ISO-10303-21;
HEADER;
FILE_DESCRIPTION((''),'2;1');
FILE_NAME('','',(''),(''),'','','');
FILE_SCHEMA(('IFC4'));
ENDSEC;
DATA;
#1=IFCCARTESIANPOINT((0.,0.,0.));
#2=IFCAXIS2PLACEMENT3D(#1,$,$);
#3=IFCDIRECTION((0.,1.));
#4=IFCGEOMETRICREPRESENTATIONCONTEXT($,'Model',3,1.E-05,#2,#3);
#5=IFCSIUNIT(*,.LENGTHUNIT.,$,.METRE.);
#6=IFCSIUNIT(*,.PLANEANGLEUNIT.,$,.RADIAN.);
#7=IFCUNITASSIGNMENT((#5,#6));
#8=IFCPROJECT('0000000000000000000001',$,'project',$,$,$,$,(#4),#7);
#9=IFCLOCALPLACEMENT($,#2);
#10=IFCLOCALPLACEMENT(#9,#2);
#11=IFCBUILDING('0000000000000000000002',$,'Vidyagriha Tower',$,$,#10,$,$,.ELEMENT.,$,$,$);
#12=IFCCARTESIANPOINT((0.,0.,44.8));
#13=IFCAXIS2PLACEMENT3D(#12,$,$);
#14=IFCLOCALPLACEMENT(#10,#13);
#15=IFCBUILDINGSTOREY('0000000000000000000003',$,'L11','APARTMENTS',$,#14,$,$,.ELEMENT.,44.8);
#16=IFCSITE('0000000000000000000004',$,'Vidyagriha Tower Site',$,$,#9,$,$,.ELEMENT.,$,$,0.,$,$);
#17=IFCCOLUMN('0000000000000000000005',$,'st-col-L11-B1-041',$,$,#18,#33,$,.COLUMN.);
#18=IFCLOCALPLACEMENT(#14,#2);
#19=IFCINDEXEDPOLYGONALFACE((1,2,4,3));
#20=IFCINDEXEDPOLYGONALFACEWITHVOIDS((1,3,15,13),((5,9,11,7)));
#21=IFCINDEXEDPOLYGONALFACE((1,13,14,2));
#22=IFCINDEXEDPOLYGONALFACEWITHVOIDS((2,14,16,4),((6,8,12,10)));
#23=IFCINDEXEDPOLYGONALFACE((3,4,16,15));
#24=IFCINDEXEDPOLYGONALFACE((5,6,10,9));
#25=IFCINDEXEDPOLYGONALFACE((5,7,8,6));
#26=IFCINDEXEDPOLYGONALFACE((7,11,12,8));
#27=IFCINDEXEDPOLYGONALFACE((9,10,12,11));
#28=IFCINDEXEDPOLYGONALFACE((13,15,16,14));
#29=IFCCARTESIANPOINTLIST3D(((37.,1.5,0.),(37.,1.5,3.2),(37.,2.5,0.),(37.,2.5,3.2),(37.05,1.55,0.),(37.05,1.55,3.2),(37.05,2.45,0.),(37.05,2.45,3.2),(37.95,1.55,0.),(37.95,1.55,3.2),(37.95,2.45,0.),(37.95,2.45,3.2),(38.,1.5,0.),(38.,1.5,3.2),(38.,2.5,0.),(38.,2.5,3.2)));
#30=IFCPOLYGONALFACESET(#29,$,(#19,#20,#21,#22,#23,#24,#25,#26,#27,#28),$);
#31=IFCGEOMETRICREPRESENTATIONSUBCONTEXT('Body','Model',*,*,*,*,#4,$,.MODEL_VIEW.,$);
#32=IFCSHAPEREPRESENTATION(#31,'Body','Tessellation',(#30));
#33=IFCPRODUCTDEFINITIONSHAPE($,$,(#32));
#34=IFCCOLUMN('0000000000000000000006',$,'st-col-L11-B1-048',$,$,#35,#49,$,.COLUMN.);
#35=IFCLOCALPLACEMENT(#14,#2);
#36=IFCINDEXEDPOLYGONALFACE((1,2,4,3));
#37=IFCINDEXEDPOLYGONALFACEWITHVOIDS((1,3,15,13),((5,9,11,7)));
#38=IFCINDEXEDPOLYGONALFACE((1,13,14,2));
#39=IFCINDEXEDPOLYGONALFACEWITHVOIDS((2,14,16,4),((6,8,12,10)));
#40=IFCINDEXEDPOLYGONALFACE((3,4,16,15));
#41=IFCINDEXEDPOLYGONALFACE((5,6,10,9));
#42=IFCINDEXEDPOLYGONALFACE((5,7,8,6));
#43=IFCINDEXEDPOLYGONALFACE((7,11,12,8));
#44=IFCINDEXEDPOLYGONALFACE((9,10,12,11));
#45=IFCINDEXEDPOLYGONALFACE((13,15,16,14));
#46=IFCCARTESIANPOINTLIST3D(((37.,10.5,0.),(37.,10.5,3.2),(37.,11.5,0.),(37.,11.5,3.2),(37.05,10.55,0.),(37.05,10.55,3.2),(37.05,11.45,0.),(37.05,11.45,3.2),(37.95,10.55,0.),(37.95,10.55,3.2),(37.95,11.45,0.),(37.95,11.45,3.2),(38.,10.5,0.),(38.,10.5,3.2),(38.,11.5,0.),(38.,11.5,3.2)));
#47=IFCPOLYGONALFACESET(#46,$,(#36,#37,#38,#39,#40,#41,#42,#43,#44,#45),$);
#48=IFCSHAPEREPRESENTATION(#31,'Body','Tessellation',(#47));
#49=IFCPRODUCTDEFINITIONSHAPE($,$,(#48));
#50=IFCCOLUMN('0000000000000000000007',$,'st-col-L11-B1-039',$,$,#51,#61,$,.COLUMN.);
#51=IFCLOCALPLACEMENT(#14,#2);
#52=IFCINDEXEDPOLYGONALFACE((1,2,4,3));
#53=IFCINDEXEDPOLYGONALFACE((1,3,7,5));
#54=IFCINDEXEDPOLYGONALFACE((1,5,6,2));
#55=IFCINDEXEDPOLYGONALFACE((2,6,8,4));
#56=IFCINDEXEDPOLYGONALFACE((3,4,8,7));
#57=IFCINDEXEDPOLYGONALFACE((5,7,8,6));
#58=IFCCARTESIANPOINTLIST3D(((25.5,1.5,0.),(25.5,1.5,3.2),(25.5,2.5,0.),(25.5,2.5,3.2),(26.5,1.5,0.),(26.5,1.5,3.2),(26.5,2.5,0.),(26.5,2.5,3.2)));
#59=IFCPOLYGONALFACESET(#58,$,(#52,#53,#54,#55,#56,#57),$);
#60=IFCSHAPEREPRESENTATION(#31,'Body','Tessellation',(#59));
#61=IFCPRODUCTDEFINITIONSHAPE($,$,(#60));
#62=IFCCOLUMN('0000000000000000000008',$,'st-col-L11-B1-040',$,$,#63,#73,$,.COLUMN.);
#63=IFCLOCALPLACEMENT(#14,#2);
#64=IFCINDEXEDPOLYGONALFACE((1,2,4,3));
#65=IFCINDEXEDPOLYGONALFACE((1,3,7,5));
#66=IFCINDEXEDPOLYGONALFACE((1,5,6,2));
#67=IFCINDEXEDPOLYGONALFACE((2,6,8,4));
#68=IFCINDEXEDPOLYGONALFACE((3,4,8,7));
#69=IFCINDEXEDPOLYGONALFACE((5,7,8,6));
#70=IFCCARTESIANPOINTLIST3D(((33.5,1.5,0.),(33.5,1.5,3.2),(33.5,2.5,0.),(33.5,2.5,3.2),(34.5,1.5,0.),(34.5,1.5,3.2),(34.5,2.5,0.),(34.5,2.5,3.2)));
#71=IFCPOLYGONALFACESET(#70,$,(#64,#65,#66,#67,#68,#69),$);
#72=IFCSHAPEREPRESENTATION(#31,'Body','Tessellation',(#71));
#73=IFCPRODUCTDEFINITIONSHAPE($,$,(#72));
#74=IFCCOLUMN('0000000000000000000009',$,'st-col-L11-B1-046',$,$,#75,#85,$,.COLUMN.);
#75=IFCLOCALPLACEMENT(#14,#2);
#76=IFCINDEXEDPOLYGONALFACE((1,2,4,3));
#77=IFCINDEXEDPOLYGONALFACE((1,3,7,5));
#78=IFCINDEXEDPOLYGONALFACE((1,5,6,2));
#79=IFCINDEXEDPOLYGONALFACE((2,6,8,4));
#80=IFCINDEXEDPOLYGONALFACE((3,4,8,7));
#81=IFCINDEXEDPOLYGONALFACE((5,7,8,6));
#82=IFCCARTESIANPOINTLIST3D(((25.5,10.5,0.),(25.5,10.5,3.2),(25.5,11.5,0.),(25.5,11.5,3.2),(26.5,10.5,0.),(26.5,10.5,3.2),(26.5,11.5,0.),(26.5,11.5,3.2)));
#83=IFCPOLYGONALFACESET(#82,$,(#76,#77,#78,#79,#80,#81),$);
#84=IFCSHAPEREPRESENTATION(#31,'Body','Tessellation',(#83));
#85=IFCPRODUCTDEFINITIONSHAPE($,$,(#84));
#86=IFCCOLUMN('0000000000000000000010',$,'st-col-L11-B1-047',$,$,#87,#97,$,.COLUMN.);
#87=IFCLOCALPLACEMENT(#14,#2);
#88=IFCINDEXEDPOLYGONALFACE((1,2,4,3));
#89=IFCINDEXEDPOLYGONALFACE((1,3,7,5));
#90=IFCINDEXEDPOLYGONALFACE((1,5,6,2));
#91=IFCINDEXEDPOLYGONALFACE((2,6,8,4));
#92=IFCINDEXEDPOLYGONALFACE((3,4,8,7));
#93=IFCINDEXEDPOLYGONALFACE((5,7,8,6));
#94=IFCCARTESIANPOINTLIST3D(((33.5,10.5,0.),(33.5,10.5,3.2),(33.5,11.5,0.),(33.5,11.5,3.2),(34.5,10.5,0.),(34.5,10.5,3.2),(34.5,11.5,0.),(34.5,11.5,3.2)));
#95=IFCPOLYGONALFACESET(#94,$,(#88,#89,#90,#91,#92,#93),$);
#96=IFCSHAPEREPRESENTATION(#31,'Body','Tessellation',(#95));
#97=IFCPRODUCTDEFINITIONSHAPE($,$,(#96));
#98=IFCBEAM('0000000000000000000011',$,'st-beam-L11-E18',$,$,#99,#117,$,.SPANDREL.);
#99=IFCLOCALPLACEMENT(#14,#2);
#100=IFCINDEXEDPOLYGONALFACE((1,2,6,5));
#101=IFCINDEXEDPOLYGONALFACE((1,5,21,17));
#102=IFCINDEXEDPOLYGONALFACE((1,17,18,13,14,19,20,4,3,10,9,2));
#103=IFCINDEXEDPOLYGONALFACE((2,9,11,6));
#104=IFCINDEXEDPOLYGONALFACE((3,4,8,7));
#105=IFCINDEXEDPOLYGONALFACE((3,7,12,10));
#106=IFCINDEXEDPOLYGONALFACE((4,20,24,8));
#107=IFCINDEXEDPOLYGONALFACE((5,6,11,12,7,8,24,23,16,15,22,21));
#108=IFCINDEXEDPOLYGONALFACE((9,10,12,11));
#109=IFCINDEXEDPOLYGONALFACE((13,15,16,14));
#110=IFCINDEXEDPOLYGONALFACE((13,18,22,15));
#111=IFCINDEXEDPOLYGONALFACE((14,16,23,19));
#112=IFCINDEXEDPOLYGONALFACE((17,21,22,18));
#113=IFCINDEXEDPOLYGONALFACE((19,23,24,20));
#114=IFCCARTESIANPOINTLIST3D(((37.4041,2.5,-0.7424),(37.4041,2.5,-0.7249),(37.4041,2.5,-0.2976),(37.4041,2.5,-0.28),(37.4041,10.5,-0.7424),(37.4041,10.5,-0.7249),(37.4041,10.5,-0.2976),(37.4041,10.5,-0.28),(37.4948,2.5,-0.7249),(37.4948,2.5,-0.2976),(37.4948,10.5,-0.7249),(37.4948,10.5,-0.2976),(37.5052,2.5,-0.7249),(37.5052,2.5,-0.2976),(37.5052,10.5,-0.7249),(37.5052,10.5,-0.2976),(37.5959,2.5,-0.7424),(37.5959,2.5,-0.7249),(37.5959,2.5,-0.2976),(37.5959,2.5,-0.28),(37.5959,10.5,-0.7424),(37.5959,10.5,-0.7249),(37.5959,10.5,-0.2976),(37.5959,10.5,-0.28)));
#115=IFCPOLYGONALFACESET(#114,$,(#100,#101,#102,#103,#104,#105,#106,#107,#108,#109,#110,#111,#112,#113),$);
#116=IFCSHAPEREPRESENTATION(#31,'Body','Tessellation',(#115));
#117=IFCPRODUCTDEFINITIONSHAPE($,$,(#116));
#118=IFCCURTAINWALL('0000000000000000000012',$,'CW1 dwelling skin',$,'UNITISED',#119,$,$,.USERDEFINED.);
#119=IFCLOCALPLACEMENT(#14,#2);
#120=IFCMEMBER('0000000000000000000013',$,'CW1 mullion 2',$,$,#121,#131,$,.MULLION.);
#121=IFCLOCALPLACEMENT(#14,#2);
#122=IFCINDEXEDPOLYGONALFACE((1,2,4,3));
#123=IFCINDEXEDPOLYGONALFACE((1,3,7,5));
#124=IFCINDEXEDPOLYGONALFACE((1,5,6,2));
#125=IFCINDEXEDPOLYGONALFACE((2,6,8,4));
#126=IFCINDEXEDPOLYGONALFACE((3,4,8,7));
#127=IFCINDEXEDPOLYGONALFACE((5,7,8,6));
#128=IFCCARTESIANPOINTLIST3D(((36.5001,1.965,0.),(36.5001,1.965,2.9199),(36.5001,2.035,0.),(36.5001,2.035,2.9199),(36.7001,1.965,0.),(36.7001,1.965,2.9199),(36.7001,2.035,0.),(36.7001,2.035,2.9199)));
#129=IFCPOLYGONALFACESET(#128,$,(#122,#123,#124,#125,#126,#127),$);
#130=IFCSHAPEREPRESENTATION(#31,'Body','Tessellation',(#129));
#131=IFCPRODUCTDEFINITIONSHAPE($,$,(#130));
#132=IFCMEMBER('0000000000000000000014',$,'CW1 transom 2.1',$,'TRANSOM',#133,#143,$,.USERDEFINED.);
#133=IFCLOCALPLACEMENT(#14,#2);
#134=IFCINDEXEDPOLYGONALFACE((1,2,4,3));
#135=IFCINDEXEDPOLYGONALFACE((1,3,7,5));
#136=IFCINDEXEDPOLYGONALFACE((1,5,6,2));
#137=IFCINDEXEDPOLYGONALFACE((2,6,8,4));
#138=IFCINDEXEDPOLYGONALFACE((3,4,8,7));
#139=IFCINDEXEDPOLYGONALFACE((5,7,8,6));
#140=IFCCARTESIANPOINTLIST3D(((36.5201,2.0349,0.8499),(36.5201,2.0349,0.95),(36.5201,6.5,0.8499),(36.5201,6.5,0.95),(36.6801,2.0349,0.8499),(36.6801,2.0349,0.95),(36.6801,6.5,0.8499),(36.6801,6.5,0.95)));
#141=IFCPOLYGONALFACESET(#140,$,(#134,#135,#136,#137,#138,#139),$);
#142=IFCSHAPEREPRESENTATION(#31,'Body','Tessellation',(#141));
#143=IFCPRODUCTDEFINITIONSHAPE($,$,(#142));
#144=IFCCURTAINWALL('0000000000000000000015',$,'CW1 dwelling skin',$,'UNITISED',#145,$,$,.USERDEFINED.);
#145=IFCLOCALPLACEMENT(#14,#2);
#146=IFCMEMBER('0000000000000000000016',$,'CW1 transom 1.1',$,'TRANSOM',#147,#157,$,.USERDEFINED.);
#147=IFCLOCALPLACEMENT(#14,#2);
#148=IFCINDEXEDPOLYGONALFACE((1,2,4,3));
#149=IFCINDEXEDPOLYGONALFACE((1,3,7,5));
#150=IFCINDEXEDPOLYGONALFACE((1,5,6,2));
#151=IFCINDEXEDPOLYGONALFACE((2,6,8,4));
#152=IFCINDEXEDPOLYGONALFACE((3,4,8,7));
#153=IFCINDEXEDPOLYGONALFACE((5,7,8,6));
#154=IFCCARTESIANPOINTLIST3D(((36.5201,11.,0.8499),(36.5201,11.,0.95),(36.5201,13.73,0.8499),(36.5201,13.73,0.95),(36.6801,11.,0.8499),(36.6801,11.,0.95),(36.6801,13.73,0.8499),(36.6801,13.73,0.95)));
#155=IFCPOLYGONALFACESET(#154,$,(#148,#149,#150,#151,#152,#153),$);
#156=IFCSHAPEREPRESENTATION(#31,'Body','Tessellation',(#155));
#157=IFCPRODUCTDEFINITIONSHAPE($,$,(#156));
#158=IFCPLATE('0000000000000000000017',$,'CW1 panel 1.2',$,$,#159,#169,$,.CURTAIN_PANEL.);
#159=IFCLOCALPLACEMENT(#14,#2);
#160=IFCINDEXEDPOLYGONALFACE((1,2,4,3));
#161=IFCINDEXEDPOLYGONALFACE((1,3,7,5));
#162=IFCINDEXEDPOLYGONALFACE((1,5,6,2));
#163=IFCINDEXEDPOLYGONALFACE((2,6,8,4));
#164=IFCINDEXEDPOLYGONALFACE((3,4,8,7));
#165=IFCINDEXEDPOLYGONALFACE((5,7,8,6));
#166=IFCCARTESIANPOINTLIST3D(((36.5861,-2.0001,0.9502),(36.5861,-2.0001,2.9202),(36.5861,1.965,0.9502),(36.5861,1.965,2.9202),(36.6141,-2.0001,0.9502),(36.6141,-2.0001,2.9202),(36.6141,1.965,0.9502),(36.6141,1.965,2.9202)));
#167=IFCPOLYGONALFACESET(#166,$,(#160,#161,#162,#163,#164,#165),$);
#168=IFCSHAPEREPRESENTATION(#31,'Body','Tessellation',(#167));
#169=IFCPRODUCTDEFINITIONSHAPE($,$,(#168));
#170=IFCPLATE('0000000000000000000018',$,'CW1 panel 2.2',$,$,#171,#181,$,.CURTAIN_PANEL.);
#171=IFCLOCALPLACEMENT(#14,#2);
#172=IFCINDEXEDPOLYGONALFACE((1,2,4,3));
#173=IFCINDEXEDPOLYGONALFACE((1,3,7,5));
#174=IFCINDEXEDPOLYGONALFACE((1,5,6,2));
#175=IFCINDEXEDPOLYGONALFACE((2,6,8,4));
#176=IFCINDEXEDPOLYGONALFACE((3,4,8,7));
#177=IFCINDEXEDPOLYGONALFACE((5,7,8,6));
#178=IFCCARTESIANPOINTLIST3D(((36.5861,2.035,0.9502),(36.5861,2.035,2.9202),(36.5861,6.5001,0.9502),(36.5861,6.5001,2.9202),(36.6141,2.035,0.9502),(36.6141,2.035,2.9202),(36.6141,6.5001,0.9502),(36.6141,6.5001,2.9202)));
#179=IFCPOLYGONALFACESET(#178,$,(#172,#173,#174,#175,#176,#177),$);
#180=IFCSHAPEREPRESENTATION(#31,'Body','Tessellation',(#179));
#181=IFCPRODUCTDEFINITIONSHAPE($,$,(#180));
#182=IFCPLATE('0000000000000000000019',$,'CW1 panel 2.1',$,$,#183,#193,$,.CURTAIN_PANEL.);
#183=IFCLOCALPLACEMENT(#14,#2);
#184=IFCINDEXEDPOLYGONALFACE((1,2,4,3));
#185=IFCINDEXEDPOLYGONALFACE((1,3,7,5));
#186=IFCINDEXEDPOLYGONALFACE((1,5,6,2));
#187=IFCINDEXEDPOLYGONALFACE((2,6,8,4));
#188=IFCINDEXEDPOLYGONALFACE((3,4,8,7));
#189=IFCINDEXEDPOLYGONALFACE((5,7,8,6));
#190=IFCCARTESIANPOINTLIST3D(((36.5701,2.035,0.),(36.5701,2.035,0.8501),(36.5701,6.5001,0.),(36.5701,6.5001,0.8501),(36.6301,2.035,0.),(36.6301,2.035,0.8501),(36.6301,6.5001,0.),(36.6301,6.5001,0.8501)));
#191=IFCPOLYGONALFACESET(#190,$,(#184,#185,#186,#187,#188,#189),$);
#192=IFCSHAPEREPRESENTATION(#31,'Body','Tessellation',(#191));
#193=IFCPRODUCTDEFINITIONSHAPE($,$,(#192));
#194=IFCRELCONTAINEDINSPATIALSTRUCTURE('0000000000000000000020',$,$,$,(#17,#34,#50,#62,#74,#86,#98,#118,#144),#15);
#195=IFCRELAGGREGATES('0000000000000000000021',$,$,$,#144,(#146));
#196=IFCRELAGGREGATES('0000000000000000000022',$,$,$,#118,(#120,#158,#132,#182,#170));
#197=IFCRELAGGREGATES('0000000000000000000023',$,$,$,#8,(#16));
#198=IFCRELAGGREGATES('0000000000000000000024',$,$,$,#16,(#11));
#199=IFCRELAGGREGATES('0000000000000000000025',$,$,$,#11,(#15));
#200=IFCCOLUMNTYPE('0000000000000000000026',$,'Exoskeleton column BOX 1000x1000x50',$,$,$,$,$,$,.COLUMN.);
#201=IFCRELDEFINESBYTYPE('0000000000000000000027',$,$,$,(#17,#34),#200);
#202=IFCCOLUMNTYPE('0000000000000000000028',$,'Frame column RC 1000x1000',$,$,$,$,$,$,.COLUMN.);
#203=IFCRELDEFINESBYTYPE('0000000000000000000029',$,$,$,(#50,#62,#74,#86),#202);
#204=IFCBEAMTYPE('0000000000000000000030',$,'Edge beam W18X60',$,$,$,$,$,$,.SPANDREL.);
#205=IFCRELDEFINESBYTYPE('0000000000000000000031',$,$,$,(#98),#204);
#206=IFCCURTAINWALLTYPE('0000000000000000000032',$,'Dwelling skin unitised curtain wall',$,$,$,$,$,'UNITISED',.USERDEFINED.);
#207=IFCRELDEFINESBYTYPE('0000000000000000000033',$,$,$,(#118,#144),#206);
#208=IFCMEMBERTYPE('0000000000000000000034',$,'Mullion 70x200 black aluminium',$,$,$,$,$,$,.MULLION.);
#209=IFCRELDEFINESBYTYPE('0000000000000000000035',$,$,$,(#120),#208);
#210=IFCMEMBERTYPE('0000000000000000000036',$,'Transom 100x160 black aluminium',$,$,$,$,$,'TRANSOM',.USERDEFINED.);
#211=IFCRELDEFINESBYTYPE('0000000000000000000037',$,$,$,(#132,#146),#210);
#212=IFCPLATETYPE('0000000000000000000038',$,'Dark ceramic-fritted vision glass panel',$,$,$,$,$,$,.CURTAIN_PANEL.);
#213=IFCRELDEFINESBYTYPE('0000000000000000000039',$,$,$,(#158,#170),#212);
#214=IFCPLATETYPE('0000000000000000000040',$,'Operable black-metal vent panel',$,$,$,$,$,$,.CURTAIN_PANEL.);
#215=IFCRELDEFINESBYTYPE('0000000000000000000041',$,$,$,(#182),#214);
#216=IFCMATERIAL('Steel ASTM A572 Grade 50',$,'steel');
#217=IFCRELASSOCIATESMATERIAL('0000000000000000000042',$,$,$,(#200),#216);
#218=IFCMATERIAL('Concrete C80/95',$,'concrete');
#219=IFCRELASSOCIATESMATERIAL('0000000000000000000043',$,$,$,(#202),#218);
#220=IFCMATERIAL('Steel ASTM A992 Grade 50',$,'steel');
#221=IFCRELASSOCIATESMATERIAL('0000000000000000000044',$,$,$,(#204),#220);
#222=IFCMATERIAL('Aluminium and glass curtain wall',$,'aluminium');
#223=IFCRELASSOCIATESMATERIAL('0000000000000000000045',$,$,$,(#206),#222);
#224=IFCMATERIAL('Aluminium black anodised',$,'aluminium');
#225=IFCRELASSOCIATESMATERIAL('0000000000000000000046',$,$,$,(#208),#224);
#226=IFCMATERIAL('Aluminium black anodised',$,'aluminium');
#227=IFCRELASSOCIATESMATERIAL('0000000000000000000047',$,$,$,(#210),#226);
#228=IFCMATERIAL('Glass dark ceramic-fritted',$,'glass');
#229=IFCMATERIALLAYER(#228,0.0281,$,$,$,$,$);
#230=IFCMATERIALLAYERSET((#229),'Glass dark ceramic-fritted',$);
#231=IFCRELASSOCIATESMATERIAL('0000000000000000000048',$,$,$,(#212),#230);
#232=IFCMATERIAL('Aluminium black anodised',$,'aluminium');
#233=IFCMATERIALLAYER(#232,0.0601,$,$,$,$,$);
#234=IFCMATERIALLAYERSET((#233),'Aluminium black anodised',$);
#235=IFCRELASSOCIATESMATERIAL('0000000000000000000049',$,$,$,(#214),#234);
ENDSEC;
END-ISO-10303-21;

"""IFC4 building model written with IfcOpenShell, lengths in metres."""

from ifc_helpers import new_model, si_unit, direction, frame, origin, origin_2d, place, context, subcontext, project, spatial, rectangle, hollow_rectangle, i_section, extrude, material, layer, layer_set, material_profile, profile_set, type_object, element, aggregate, save


model = new_model("IFC4")

# Units and contexts
model_context = context("Model", 3, precision=1e-05, world=origin(), true_north=direction((0.0, 1.0)))
body_context = subcontext(model_context, "Body", "Model", "MODEL_VIEW")
ifc_project = project(units=[si_unit("LENGTHUNIT", "METRE"), si_unit("PLANEANGLEUNIT", "RADIAN")], contexts=[model_context])

# Site, building, storey
site_placement = place(None, origin())
site = spatial("IfcSite", under=ifc_project, at=site_placement, Name="Vidyagriha Tower Site", CompositionType="ELEMENT", RefElevation=0.0)
building_placement = place(site_placement, origin())
building = spatial("IfcBuilding", under=site, at=building_placement, Name="Vidyagriha Tower", CompositionType="ELEMENT")
storey_placement = place(building_placement, frame((0.0, 0.0, 44.8)))
storey = spatial("IfcBuildingStorey", under=building, at=storey_placement, Name="L11", Description="APARTMENTS", CompositionType="ELEMENT", Elevation=44.8)

# Columns
ifc_material_1 = material(Name="Steel ASTM A572 Grade 50", Category="steel")
ifc_material_profile_1 = material_profile(ifc_material_1, hollow_rectangle(XDim=1.0, YDim=1.0, WallThickness=0.05, at=origin_2d()), Name="BOX 1000x1000x50")
ifc_profile_set_1 = profile_set([ifc_material_profile_1], Name="Steel ASTM A572 Grade 50")
column_type_1 = type_object("IfcColumnType", Name="Exoskeleton column BOX 1000x1000x50", PredefinedType="COLUMN", material=ifc_profile_set_1)
for number, where, name in (
    (1, (37.5, 2.0, 0.0), "st-col-L11-B1-041"),
    (2, (37.5, 11.0, 0.0), "st-col-L11-B1-048"),
):
    element("IfcColumn", number, at=place(storey_placement, frame(where)), inside=storey, type_object=column_type_1, Name=name, PredefinedType="COLUMN", context=body_context, shape_type="SweptSolid", body=[
        extrude(hollow_rectangle(XDim=1.0, YDim=1.0, WallThickness=0.05, at=origin_2d()), origin(), (0.0, 0.0, 1.0), 3.2),
    ])
ifc_material_2 = material(Name="Concrete C80/95", Category="concrete")
ifc_material_profile_2 = material_profile(ifc_material_2, rectangle(XDim=1.0, YDim=1.0, at=origin_2d()), Name="RC 1000x1000")
ifc_profile_set_2 = profile_set([ifc_material_profile_2], Name="Concrete C80/95")
column_type_2 = type_object("IfcColumnType", Name="Frame column RC 1000x1000", PredefinedType="COLUMN", material=ifc_profile_set_2)
for number, where, name in (
    (3, (26.0, 2.0, 0.0), "st-col-L11-B1-039"),
    (4, (34.0, 2.0, 0.0), "st-col-L11-B1-040"),
    (5, (26.0, 11.0, 0.0), "st-col-L11-B1-046"),
    (6, (34.0, 11.0, 0.0), "st-col-L11-B1-047"),
):
    element("IfcColumn", number, at=place(storey_placement, frame(where)), inside=storey, type_object=column_type_2, Name=name, PredefinedType="COLUMN", context=body_context, shape_type="SweptSolid", body=[
        extrude(rectangle(XDim=1.0, YDim=1.0, at=origin_2d()), origin(), (0.0, 0.0, 1.0), 3.2),
    ])

# Beam
ifc_material_3 = material(Name="Steel ASTM A992 Grade 50", Category="steel")
ifc_material_profile_3 = material_profile(ifc_material_3, i_section(OverallWidth=0.1919, OverallDepth=0.4624, WebThickness=0.0105, FlangeThickness=0.0176, at=origin_2d()), Name="W18X60")
ifc_profile_set_3 = profile_set([ifc_material_profile_3], Name="Steel ASTM A992 Grade 50")
beam_type = type_object("IfcBeamType", Name="Edge beam W18X60", PredefinedType="SPANDREL", material=ifc_profile_set_3)
beam_placement = place(storey_placement, frame((37.5, 2.5, -0.5112), z_axis=(0.0, 1.0, 0.0), x_axis=(-1.0, 0.0, 0.0)))
element("IfcBeam", 7, at=beam_placement, inside=storey, type_object=beam_type, Name="st-beam-L11-E18", PredefinedType="SPANDREL", context=body_context, shape_type="SweptSolid", body=[
    extrude(i_section(OverallWidth=0.1919, OverallDepth=0.4624, WebThickness=0.0105, FlangeThickness=0.0176, at=origin_2d()), origin(), (0.0, 0.0, 1.0), 8.0),
])

# Curtain wall, members
ifc_material_4 = material(Name="Aluminium and glass curtain wall", Category="aluminium")
curtain_wall_type = type_object("IfcCurtainWallType", Name="Dwelling skin unitised curtain wall", ElementType="UNITISED", PredefinedType="USERDEFINED", material=ifc_material_4)
curtain_wall_1_placement = place(storey_placement, origin())
curtain_wall_1 = element("IfcCurtainWall", 8, at=curtain_wall_1_placement, inside=storey, type_object=curtain_wall_type, Name="CW1 dwelling skin", ObjectType="UNITISED", PredefinedType="USERDEFINED")
ifc_material_5 = material(Name="Aluminium black anodised", Category="aluminium")
ifc_material_profile_4 = material_profile(ifc_material_5, rectangle(XDim=0.2, YDim=0.0701, at=origin_2d()), Name="Mullion 70x200 black aluminium")
ifc_profile_set_4 = profile_set([ifc_material_profile_4], Name="Aluminium black anodised")
member_type_1 = type_object("IfcMemberType", Name="Mullion 70x200 black aluminium", PredefinedType="MULLION", material=ifc_profile_set_4)
member_1_placement = place(storey_placement, frame((36.6001, 2.0, 0.0), z_axis=(0.0, 0.0, 1.0), x_axis=(-1.0, 0.0, 0.0)))
member_1 = element("IfcMember", 9, at=member_1_placement, type_object=member_type_1, Name="CW1 mullion 2", PredefinedType="MULLION", context=body_context, shape_type="SweptSolid", body=[
    extrude(rectangle(XDim=0.2, YDim=0.0701, at=origin_2d()), origin(), (0.0, 0.0, 1.0), 2.9199),
])
ifc_material_6 = material(Name="Aluminium black anodised", Category="aluminium")
ifc_material_profile_5 = material_profile(ifc_material_6, rectangle(XDim=0.1599, YDim=0.1001, at=origin_2d()), Name="Transom 100x160 black aluminium")
ifc_profile_set_5 = profile_set([ifc_material_profile_5], Name="Aluminium black anodised")
member_type_2 = type_object("IfcMemberType", Name="Transom 100x160 black aluminium", ElementType="TRANSOM", PredefinedType="USERDEFINED", material=ifc_profile_set_5)
member_2_placement = place(storey_placement, frame((36.6001, 2.0349, 0.8999), z_axis=(0.0, 1.0, 0.0), x_axis=(-1.0, 0.0, 0.0)))
member_2 = element("IfcMember", 10, at=member_2_placement, type_object=member_type_2, Name="CW1 transom 2.1", ObjectType="TRANSOM", PredefinedType="USERDEFINED", context=body_context, shape_type="SweptSolid", body=[
    extrude(rectangle(XDim=0.1599, YDim=0.1001, at=origin_2d()), origin(), (0.0, 0.0, 1.0), 4.4651),
])

# Curtain wall, member
curtain_wall_2_placement = place(storey_placement, origin())
curtain_wall_2 = element("IfcCurtainWall", 11, at=curtain_wall_2_placement, inside=storey, type_object=curtain_wall_type, Name="CW1 dwelling skin", ObjectType="UNITISED", PredefinedType="USERDEFINED")
member_3_placement = place(storey_placement, frame((36.6001, 11.0, 0.8999), z_axis=(0.0, 1.0, 0.0), x_axis=(-1.0, 0.0, 0.0)))
member_3 = element("IfcMember", 12, at=member_3_placement, type_object=member_type_2, Name="CW1 transom 1.1", ObjectType="TRANSOM", PredefinedType="USERDEFINED", context=body_context, shape_type="SweptSolid", body=[
    extrude(rectangle(XDim=0.1599, YDim=0.1001, at=origin_2d()), origin(), (0.0, 0.0, 1.0), 2.73),
])
aggregate(curtain_wall_2, [member_3])

# Plates
ifc_material_7 = material(Name="Glass dark ceramic-fritted", Category="glass")
ifc_layer_1 = layer(ifc_material_7, 0.0281)
ifc_layer_set_1 = layer_set([ifc_layer_1], Name="Glass dark ceramic-fritted")
plate_type_1 = type_object("IfcPlateType", Name="Dark ceramic-fritted vision glass panel", PredefinedType="CURTAIN_PANEL", material=ifc_layer_set_1)
plate_1_placement = place(storey_placement, frame((36.6001, -0.0176, 0.9502), z_axis=(0.0, 0.0, 1.0), x_axis=(0.0, 1.0, 0.0)))
plate_1 = element("IfcPlate", 13, at=plate_1_placement, type_object=plate_type_1, Name="CW1 panel 1.2", PredefinedType="CURTAIN_PANEL", context=body_context, shape_type="SweptSolid", body=[
    extrude(rectangle(XDim=3.9651, YDim=0.0281, at=origin_2d()), origin(), (0.0, 0.0, 1.0), 1.97),
])
plate_2_placement = place(storey_placement, frame((36.6001, 4.2676, 0.9502), z_axis=(0.0, 0.0, 1.0), x_axis=(0.0, 1.0, 0.0)))
plate_2 = element("IfcPlate", 14, at=plate_2_placement, type_object=plate_type_1, Name="CW1 panel 2.2", PredefinedType="CURTAIN_PANEL", context=body_context, shape_type="SweptSolid", body=[
    extrude(rectangle(XDim=4.4651, YDim=0.0281, at=origin_2d()), origin(), (0.0, 0.0, 1.0), 1.97),
])
ifc_material_8 = material(Name="Aluminium black anodised", Category="aluminium")
ifc_layer_2 = layer(ifc_material_8, 0.0601)
ifc_layer_set_2 = layer_set([ifc_layer_2], Name="Aluminium black anodised")
plate_type_2 = type_object("IfcPlateType", Name="Operable black-metal vent panel", PredefinedType="CURTAIN_PANEL", material=ifc_layer_set_2)
plate_3_placement = place(storey_placement, frame((36.6001, 4.2676, 0.0), z_axis=(0.0, 0.0, 1.0), x_axis=(0.0, 1.0, 0.0)))
plate_3 = element("IfcPlate", 15, at=plate_3_placement, type_object=plate_type_2, Name="CW1 panel 2.1", PredefinedType="CURTAIN_PANEL", context=body_context, shape_type="SweptSolid", body=[
    extrude(rectangle(XDim=4.4651, YDim=0.0601, at=origin_2d()), origin(), (0.0, 0.0, 1.0), 0.8501),
])
aggregate(curtain_wall_1, [member_1, plate_1, member_2, plate_3, plate_2])

save(model, "model.ifc")
